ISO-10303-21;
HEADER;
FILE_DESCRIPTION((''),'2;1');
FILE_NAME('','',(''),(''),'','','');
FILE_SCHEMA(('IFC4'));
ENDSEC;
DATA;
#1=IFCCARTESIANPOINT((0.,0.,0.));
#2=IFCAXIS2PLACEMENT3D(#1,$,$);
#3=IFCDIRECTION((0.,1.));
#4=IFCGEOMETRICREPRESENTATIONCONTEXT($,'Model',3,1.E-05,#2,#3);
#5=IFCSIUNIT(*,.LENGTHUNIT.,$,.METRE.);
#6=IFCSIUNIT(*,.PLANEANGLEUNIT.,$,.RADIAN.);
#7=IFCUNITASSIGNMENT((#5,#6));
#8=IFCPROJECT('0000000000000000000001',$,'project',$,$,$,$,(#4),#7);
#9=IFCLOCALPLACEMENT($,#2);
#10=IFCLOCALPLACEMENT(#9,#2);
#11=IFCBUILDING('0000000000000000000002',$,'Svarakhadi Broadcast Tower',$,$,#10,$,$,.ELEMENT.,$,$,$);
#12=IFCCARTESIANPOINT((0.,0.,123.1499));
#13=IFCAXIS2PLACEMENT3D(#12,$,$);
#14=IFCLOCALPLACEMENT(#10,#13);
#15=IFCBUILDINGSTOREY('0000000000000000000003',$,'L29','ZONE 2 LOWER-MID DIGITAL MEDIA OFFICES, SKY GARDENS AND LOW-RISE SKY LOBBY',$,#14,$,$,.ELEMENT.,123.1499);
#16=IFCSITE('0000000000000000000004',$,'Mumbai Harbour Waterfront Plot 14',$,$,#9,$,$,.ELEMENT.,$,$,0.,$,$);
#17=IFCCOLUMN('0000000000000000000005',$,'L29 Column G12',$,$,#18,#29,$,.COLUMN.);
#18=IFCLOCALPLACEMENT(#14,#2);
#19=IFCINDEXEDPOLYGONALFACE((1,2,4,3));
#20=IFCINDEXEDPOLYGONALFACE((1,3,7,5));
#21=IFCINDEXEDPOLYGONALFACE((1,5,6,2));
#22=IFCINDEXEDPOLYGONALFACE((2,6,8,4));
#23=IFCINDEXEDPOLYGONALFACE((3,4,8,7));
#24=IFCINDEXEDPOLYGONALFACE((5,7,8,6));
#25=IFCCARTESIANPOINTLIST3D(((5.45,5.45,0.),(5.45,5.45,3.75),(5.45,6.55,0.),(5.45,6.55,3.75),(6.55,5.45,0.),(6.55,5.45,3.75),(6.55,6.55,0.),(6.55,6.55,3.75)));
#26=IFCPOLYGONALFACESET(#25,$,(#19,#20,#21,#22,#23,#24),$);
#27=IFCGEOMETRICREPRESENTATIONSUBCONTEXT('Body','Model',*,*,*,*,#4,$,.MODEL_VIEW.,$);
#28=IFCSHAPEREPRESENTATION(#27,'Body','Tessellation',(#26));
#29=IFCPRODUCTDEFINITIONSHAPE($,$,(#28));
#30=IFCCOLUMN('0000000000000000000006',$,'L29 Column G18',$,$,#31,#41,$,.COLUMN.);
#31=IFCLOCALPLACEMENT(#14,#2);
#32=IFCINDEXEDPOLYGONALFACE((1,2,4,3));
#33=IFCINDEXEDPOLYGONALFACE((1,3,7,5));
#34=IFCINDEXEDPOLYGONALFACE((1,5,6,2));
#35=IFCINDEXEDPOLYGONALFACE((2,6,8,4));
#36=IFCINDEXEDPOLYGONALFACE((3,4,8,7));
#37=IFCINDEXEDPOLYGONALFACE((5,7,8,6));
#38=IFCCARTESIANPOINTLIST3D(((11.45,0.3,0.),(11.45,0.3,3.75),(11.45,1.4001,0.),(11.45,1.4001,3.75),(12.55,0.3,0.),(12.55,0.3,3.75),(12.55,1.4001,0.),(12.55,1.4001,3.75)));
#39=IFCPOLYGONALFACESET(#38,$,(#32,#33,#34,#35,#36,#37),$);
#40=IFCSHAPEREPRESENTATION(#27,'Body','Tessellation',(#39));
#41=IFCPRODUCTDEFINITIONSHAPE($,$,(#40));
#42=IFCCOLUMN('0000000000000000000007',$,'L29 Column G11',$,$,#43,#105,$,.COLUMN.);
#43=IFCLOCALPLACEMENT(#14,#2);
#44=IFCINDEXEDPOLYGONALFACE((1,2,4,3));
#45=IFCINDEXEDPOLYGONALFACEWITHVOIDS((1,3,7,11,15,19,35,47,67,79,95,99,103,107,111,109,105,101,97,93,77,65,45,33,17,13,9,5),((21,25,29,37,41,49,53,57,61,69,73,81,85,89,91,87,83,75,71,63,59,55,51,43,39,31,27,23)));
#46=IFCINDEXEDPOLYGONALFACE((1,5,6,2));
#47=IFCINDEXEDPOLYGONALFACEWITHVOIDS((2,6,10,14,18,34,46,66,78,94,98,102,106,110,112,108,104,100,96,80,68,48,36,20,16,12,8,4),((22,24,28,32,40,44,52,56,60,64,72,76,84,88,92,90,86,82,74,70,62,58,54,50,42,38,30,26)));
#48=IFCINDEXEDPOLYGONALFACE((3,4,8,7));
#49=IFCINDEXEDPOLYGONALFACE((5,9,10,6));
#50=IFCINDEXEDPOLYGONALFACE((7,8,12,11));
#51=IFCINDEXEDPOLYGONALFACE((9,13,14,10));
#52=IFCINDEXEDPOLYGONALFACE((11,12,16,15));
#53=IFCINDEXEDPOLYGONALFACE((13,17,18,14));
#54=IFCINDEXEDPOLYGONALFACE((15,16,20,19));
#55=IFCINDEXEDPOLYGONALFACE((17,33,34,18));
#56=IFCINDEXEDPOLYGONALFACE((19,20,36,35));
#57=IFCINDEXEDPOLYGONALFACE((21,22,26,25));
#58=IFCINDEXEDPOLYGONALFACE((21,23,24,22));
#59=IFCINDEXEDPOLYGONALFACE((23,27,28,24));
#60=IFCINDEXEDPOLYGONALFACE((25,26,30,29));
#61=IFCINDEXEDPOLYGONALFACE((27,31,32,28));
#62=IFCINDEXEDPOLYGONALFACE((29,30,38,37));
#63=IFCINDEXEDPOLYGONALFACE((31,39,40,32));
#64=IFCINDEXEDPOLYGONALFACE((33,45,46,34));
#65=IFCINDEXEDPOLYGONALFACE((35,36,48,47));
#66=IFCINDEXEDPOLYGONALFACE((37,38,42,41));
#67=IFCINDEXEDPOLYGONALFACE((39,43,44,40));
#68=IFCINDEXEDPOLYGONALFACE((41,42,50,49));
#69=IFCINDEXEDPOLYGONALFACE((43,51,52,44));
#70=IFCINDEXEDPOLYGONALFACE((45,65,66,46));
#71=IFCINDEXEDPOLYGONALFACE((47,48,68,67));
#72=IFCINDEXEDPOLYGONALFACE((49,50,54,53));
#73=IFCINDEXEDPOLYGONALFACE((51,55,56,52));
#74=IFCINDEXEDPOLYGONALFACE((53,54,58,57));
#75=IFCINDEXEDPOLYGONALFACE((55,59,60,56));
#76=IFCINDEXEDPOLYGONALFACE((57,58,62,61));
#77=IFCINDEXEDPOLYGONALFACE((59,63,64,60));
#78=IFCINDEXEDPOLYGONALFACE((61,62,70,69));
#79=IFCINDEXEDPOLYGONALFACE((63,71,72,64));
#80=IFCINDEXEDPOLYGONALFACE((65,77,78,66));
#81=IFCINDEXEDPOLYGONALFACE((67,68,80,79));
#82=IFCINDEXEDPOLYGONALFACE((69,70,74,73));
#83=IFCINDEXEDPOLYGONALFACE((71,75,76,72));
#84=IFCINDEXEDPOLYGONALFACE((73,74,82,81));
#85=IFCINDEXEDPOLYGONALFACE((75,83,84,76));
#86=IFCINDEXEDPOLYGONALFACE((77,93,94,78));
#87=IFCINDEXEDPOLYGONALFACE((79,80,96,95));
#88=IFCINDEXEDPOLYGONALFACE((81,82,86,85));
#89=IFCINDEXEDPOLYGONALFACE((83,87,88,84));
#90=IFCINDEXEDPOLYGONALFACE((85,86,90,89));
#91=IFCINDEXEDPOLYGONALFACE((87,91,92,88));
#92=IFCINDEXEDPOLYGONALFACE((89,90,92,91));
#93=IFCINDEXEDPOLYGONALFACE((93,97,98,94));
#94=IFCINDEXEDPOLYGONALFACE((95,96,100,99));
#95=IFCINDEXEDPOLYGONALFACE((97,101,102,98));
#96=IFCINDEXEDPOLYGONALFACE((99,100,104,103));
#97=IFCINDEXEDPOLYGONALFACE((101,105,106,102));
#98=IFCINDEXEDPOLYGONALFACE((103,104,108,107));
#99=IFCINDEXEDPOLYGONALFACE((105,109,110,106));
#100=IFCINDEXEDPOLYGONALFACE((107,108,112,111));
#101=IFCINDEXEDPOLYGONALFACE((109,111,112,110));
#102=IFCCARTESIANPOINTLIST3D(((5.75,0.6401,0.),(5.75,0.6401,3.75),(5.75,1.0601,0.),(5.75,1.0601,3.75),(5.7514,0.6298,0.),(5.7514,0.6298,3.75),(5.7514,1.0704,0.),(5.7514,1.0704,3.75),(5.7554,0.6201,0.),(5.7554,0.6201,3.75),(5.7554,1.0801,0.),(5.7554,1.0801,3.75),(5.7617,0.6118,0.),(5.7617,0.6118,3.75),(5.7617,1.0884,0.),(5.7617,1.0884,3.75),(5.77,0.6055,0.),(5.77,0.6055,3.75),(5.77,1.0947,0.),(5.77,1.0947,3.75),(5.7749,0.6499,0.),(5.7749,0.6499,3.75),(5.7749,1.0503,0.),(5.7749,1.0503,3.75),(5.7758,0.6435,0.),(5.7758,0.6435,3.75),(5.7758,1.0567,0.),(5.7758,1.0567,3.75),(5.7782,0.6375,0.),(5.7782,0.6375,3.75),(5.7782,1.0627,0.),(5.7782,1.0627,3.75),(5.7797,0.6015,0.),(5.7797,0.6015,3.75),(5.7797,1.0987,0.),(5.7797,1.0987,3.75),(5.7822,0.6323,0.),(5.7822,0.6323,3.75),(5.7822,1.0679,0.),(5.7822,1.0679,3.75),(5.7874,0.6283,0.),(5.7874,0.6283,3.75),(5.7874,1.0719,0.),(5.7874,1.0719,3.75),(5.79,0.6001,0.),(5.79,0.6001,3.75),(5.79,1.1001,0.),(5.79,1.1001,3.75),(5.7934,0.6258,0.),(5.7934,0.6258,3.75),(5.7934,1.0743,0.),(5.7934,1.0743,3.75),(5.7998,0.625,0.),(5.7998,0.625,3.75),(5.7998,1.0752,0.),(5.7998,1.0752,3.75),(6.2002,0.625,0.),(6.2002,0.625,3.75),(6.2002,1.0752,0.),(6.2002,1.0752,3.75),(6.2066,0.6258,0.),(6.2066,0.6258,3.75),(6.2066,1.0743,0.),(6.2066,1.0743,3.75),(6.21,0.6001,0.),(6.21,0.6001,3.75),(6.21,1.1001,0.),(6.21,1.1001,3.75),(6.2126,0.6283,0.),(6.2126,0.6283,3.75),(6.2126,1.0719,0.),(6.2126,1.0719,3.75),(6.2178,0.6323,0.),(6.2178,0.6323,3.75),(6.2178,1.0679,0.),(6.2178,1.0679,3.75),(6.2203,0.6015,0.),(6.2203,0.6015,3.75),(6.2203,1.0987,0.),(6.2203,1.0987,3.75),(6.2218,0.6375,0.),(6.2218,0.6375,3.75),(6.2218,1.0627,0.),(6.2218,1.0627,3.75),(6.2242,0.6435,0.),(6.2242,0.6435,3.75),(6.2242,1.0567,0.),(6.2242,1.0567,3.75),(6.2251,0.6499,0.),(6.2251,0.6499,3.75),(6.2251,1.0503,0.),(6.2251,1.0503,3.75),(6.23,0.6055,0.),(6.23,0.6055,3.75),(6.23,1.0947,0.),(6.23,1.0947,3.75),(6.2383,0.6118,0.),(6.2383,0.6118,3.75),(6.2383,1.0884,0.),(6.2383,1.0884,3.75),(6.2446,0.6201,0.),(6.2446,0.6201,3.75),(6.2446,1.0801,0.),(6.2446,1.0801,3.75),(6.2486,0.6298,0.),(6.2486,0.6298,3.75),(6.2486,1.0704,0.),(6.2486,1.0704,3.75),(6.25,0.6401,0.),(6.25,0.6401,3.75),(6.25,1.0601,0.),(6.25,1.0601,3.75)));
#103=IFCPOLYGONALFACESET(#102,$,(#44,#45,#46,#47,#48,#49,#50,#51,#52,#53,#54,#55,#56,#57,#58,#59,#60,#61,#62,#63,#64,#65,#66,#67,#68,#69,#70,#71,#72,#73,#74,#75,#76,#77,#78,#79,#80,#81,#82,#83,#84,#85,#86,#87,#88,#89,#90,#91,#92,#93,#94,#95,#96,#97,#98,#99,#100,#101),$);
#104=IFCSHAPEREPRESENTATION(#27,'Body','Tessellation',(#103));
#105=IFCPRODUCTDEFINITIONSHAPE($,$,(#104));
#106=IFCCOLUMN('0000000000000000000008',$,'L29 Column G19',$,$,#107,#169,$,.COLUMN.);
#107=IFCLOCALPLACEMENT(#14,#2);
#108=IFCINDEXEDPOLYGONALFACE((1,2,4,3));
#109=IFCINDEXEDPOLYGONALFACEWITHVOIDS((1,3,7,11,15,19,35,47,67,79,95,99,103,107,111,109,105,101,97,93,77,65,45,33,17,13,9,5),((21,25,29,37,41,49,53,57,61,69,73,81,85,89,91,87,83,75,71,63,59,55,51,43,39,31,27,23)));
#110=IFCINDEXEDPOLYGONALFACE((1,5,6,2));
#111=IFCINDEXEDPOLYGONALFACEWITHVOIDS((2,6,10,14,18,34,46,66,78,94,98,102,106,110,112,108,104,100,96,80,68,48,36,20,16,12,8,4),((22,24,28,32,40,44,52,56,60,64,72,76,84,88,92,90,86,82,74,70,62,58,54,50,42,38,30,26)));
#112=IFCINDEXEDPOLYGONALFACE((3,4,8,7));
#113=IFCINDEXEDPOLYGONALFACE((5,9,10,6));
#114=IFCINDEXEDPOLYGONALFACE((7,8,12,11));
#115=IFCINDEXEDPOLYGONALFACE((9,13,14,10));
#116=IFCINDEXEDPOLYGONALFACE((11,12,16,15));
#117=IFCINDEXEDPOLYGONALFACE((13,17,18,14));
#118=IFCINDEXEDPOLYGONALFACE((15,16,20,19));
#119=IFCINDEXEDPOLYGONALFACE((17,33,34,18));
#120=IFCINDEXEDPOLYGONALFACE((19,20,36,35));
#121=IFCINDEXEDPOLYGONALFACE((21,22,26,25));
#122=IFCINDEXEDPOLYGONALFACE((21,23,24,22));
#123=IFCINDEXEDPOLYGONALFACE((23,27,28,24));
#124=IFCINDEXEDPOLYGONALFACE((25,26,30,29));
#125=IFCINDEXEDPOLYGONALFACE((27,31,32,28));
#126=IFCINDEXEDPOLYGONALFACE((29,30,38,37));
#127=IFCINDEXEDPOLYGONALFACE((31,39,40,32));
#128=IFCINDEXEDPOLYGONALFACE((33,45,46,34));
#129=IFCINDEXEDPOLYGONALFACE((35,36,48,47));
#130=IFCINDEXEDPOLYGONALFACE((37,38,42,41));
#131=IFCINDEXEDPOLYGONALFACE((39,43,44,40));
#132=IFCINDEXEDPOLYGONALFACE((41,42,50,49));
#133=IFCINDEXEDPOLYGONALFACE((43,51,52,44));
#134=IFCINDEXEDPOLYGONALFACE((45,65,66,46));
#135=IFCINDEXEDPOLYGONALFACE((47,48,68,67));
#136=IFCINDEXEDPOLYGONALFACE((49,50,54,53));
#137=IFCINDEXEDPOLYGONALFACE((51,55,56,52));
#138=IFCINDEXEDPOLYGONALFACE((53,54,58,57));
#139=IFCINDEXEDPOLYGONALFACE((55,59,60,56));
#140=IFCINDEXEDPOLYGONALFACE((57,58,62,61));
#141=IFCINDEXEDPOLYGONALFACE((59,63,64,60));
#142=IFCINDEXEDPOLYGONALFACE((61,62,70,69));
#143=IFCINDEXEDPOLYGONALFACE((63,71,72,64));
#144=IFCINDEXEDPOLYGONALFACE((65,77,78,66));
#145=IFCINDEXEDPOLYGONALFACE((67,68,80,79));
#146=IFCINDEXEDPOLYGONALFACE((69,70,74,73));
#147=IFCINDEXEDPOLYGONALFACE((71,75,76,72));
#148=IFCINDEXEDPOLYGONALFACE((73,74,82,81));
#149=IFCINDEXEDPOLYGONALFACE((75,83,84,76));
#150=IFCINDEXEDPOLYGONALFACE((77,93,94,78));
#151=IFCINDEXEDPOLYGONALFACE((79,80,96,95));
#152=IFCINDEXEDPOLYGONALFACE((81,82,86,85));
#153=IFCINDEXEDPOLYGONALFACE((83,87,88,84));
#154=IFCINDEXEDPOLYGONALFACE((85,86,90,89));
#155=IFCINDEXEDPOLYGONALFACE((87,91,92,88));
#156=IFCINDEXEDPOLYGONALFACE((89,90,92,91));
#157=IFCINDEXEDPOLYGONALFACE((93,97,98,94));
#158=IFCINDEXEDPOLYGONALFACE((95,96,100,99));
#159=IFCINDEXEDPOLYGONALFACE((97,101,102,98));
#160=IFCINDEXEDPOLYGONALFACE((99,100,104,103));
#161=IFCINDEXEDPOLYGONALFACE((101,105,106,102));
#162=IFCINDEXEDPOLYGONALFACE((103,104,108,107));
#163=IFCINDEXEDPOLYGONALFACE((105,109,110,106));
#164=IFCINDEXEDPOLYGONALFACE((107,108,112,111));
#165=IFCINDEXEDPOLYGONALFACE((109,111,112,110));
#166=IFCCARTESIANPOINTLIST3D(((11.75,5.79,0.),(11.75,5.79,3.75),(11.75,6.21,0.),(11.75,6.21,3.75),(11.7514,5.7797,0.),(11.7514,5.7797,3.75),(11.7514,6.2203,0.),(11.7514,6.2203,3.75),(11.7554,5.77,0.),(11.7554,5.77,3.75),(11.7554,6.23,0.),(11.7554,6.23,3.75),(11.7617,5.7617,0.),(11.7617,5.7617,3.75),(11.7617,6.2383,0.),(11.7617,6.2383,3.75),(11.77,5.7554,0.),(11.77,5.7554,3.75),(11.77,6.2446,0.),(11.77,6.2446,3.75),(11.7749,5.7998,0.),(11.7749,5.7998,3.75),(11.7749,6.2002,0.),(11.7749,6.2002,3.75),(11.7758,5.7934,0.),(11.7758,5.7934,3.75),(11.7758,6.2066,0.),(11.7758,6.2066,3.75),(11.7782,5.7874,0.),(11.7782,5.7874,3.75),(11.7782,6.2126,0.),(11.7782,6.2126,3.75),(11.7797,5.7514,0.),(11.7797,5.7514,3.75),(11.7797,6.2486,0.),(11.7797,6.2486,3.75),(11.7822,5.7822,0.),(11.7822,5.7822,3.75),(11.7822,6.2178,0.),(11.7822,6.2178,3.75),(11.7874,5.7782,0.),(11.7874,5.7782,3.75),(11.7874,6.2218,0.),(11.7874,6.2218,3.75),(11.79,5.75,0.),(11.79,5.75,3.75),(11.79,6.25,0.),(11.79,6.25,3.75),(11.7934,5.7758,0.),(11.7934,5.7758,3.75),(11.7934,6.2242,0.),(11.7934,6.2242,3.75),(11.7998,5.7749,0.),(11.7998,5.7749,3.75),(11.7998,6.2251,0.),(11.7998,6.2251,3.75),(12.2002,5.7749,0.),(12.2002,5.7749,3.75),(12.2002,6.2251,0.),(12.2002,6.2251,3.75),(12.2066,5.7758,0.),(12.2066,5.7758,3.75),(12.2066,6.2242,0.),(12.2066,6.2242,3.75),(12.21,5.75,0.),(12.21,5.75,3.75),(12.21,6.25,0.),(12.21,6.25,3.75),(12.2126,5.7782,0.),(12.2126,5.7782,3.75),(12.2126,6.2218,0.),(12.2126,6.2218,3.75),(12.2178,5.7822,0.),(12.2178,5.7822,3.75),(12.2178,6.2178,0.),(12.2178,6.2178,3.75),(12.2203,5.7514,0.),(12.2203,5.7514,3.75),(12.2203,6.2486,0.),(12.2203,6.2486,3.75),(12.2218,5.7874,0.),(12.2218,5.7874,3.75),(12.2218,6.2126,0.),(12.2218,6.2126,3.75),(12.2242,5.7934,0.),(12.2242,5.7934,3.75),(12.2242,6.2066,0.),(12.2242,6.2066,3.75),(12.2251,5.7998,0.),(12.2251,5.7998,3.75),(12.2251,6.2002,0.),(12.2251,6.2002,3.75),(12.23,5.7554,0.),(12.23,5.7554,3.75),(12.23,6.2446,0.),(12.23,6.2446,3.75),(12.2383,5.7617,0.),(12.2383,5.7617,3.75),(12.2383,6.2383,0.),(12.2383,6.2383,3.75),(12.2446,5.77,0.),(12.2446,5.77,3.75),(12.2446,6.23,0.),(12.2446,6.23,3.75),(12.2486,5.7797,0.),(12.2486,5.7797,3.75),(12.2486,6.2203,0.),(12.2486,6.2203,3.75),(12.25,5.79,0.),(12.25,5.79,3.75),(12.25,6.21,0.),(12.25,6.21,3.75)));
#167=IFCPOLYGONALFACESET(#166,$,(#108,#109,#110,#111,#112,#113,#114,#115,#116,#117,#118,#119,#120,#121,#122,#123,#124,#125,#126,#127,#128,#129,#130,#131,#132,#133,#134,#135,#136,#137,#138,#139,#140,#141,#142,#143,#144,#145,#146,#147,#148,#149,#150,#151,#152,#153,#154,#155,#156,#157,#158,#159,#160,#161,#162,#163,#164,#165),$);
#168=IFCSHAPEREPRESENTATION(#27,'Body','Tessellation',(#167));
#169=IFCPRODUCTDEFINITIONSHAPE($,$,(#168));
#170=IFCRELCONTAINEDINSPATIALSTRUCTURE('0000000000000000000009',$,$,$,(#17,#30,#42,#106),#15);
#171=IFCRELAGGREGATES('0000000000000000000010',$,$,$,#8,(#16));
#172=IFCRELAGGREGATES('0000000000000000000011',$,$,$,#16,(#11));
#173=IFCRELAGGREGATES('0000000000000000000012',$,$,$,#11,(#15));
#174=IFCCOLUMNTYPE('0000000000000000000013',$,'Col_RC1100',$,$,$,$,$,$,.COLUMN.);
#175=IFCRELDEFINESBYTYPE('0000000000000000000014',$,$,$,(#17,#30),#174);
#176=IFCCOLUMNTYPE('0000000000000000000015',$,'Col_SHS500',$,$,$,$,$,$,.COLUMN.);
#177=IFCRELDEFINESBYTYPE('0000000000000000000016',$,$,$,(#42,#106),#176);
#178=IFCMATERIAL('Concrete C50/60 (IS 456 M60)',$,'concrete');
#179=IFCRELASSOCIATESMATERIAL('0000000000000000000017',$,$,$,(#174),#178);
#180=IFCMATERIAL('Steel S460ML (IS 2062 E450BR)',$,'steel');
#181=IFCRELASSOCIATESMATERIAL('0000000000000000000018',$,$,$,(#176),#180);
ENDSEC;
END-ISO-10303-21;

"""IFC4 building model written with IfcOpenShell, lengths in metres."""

from ifc_helpers import new_model, si_unit, direction, frame, origin, origin_2d, place, context, subcontext, project, spatial, rectangle, hollow_rectangle, extrude, material, material_profile, profile_set, type_object, element, save


model = new_model("IFC4")

# Units and contexts
model_context = context("Model", 3, precision=1e-05, world=origin(), true_north=direction((0.0, 1.0)))
body_context = subcontext(model_context, "Body", "Model", "MODEL_VIEW")
ifc_project = project(units=[si_unit("LENGTHUNIT", "METRE"), si_unit("PLANEANGLEUNIT", "RADIAN")], contexts=[model_context])

# Site, building, storey
site_placement = place(None, origin())
site = spatial("IfcSite", under=ifc_project, at=site_placement, Name="Mumbai Harbour Waterfront Plot 14", CompositionType="ELEMENT", RefElevation=0.0)
building_placement = place(site_placement, origin())
building = spatial("IfcBuilding", under=site, at=building_placement, Name="Svarakhadi Broadcast Tower", CompositionType="ELEMENT")
storey_placement = place(building_placement, frame((0.0, 0.0, 123.1499)))
storey = spatial("IfcBuildingStorey", under=building, at=storey_placement, Name="L29", Description="ZONE 2 LOWER-MID DIGITAL MEDIA OFFICES, SKY GARDENS AND LOW-RISE SKY LOBBY", CompositionType="ELEMENT", Elevation=123.1499)

# Columns
ifc_material_1 = material(Name="Concrete C50/60 (IS 456 M60)", Category="concrete")
ifc_material_profile_1 = material_profile(ifc_material_1, rectangle(XDim=1.1001, YDim=1.1001, at=origin_2d()), Name="RC 1100x1100")
ifc_profile_set_1 = profile_set([ifc_material_profile_1], Name="Concrete C50/60 (IS 456 M60)")
column_type_1 = type_object("IfcColumnType", Name="Col_RC1100", PredefinedType="COLUMN", material=ifc_profile_set_1)
for number, where, z_axis, x_axis, name in (
    (1, (6.0, 6.0, 0.0), (0.0, 0.0, 1.0), (1.0, 0.0, 0.0), "L29 Column G12"),
    (2, (12.0, 0.8501, 0.0), (0.0, 0.0, 1.0), (1.0, 0.0, 0.0), "L29 Column G18"),
):
    element("IfcColumn", number, at=place(storey_placement, frame(where, z_axis=z_axis, x_axis=x_axis)), inside=storey, type_object=column_type_1, Name=name, PredefinedType="COLUMN", context=body_context, shape_type="SweptSolid", body=[
        extrude(rectangle(XDim=1.1001, YDim=1.1001, at=origin_2d()), origin(), (0.0, 0.0, 1.0), 3.75),
    ])
ifc_material_2 = material(Name="Steel S460ML (IS 2062 E450BR)", Category="steel")
ifc_material_profile_2 = material_profile(ifc_material_2, hollow_rectangle(XDim=0.5, YDim=0.5, WallThickness=0.0249, InnerFilletRadius=0.0249, OuterFilletRadius=0.04, at=origin_2d()), Name="SHS 500x500x25")
ifc_profile_set_2 = profile_set([ifc_material_profile_2], Name="Steel S460ML (IS 2062 E450BR)")
column_type_2 = type_object("IfcColumnType", Name="Col_SHS500", PredefinedType="COLUMN", material=ifc_profile_set_2)
for number, where, z_axis, x_axis, name in (
    (3, (6.0, 0.8501, 0.0), (0.0, 0.0, 1.0), (1.0, 0.0, 0.0), "L29 Column G11"),
    (4, (12.0, 6.0, 0.0), (0.0, 0.0, 1.0), (1.0, 0.0, 0.0), "L29 Column G19"),
):
    element("IfcColumn", number, at=place(storey_placement, frame(where, z_axis=z_axis, x_axis=x_axis)), inside=storey, type_object=column_type_2, Name=name, PredefinedType="COLUMN", context=body_context, shape_type="SweptSolid", body=[
        extrude(hollow_rectangle(XDim=0.5, YDim=0.5, WallThickness=0.0249, InnerFilletRadius=0.0249, OuterFilletRadius=0.04, at=origin_2d()), origin(), (0.0, 0.0, 1.0), 3.75),
    ])

save(model, "model.ifc")
